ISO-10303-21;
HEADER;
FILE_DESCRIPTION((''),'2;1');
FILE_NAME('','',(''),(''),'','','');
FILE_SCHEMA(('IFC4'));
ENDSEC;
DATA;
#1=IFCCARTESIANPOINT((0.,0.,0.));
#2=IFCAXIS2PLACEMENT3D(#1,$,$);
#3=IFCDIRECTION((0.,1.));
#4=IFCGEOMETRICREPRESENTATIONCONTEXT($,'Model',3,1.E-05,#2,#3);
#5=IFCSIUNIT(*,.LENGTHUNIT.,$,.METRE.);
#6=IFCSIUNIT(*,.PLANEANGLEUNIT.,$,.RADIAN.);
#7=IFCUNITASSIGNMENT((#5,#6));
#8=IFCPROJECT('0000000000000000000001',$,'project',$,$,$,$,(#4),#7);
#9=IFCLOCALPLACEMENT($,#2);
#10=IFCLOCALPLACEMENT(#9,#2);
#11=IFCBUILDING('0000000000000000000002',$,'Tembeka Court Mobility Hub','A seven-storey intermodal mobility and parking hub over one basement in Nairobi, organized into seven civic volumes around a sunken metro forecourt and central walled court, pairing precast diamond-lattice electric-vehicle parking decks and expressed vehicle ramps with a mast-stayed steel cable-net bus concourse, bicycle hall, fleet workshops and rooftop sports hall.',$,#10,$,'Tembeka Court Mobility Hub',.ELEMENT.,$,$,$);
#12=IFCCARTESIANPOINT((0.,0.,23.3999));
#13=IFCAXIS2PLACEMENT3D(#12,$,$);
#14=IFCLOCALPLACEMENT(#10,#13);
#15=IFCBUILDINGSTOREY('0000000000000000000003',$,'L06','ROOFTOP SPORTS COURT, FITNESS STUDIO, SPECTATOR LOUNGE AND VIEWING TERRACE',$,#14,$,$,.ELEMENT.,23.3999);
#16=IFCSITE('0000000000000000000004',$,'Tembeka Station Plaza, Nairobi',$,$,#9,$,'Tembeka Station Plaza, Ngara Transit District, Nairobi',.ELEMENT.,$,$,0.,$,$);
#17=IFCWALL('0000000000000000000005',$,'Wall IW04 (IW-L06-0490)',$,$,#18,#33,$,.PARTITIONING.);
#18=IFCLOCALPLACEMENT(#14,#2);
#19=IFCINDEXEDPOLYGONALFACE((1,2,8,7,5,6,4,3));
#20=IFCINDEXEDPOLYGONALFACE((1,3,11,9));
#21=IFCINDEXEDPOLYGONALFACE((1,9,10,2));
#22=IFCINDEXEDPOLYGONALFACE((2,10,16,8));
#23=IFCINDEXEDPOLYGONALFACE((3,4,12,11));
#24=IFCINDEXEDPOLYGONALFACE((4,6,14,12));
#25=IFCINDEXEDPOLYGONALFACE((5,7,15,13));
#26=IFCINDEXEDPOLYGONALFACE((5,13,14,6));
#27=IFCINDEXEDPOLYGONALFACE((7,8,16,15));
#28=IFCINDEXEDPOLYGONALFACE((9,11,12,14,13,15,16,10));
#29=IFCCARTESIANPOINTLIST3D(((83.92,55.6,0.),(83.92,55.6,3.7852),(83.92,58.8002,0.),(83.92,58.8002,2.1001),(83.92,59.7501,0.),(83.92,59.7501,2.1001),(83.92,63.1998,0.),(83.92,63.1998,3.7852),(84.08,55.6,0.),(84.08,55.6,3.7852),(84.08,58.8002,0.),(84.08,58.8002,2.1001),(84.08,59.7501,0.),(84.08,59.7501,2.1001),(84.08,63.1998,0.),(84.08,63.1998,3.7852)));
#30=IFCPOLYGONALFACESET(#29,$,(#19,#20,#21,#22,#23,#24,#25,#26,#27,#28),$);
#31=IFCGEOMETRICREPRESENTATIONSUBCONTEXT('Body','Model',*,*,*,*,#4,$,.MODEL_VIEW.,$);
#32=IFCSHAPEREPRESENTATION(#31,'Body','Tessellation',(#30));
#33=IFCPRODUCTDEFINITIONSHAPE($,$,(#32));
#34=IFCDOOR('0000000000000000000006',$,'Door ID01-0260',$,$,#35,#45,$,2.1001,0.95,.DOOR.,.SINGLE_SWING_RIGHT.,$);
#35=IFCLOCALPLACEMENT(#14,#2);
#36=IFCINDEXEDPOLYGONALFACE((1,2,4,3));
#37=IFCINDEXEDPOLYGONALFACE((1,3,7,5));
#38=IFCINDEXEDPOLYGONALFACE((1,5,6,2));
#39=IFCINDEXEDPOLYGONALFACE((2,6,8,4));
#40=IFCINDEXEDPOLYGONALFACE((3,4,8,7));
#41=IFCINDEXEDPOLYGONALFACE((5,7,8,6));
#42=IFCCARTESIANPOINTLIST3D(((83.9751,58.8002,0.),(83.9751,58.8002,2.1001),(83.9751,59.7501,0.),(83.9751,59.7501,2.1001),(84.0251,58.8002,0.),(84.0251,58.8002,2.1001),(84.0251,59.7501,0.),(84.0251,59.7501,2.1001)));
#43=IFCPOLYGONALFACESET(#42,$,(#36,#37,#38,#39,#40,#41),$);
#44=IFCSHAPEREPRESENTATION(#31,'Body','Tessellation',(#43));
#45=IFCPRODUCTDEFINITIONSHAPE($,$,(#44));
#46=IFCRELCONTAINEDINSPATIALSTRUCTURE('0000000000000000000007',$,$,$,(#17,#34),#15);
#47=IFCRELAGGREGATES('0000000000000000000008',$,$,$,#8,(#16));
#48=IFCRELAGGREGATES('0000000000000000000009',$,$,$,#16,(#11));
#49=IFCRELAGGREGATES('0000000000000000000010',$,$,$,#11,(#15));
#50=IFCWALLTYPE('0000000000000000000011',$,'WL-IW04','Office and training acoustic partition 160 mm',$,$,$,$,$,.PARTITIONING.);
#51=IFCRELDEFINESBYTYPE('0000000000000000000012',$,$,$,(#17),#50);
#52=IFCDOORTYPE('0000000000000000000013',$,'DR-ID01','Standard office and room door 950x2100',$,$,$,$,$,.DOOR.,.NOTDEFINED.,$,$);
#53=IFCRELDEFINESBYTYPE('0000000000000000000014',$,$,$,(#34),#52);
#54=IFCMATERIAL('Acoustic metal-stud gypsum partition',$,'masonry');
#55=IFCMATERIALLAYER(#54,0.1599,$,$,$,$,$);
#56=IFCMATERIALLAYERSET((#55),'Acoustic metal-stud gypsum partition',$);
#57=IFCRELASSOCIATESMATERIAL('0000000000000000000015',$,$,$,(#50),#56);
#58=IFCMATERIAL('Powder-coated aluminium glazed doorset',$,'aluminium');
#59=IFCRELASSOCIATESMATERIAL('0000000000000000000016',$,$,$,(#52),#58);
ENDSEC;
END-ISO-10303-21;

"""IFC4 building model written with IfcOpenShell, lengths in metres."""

from ifc_helpers import new_model, si_unit, direction, frame, frame_2d, origin, place, context, subcontext, project, spatial, rectangle, extrude, material, layer, layer_set, type_object, element, fill, save


model = new_model("IFC4")

# Units and contexts
model_context = context("Model", 3, precision=1e-05, world=origin(), true_north=direction((0.0, 1.0)))
body_context = subcontext(model_context, "Body", "Model", "MODEL_VIEW")
ifc_project = project(units=[si_unit("LENGTHUNIT", "METRE"), si_unit("PLANEANGLEUNIT", "RADIAN")], contexts=[model_context])

# Site, building, storey
site_placement = place(None, origin())
site = spatial("IfcSite", under=ifc_project, at=site_placement, Name="Tembeka Station Plaza, Nairobi", LongName="Tembeka Station Plaza, Ngara Transit District, Nairobi", CompositionType="ELEMENT", RefElevation=0.0)
building_placement = place(site_placement, origin())
building = spatial("IfcBuilding", under=site, at=building_placement, Name="Tembeka Court Mobility Hub", Description="A seven-storey intermodal mobility and parking hub over one basement in Nairobi, organized into seven civic volumes around a sunken metro forecourt and central walled court, pairing precast diamond-lattice electric-vehicle parking decks and expressed vehicle ramps with a mast-stayed steel cable-net bus concourse, bicycle hall, fleet workshops and rooftop sports hall.", LongName="Tembeka Court Mobility Hub", CompositionType="ELEMENT")
storey_placement = place(building_placement, frame((0.0, 0.0, 23.3999)))
storey = spatial("IfcBuildingStorey", under=building, at=storey_placement, Name="L06", Description="ROOFTOP SPORTS COURT, FITNESS STUDIO, SPECTATOR LOUNGE AND VIEWING TERRACE", CompositionType="ELEMENT", Elevation=23.3999)

# Wall, opening, door
ifc_material_1 = material(Name="Acoustic metal-stud gypsum partition", Category="masonry")
ifc_layer_1 = layer(ifc_material_1, 0.1599)
ifc_layer_set_1 = layer_set([ifc_layer_1], Name="Acoustic metal-stud gypsum partition")
wall_type = type_object("IfcWallType", Name="WL-IW04", Description="Office and training acoustic partition 160 mm", PredefinedType="PARTITIONING", material=ifc_layer_set_1)
wall_placement = place(storey_placement, frame((84.0, 55.6001, 0.0), z_axis=(0.0, 0.0, 1.0), x_axis=(0.0, 1.0, 0.0)))
wall = element("IfcWall", 1, at=wall_placement, inside=storey, type_object=wall_type, Name="Wall IW04 (IW-L06-0490)", PredefinedType="PARTITIONING", context=body_context, shape_type="SweptSolid", body=[
    extrude(rectangle(XDim=7.5999, YDim=0.1599, at=frame_2d((3.7998, 0.0))), origin(), (0.0, 0.0, 1.0), 3.7852),
])
opening_placement = place(wall_placement, frame((3.2, 0.0, 0.0)))
opening = element("IfcOpeningElement", 2, at=opening_placement, cuts=wall, PredefinedType="OPENING", context=body_context, shape_type="SweptSolid", body=[
    extrude(rectangle(XDim=0.95, YDim=2.1001, at=frame_2d((0.4751, 1.05))), frame((0.0, 0.0898, 0.0), z_axis=(0.0, -1.0, 0.0), x_axis=(1.0, 0.0, 0.0)), (0.0, 0.0, 1.0), 0.1799),
])
ifc_material_2 = material(Name="Powder-coated aluminium glazed doorset", Category="aluminium")
door_type = type_object("IfcDoorType", Name="DR-ID01", Description="Standard office and room door 950x2100", OperationType="NOTDEFINED", PredefinedType="DOOR", material=ifc_material_2)
door_placement = place(opening_placement, origin())
door = element("IfcDoor", 3, at=door_placement, inside=storey, type_object=door_type, Name="Door ID01-0260", OperationType="SINGLE_SWING_RIGHT", OverallHeight=2.1001, OverallWidth=0.95, PredefinedType="DOOR", context=body_context, shape_type="SweptSolid", body=[
    extrude(rectangle(XDim=0.95, YDim=2.1001, at=frame_2d((0.4751, 1.05))), frame((0.0, 0.0249, 0.0), z_axis=(0.0, -1.0, 0.0), x_axis=(1.0, 0.0, 0.0)), (0.0, 0.0, 1.0), 0.05),
])
fill(opening, door)

save(model, "model.ifc")
